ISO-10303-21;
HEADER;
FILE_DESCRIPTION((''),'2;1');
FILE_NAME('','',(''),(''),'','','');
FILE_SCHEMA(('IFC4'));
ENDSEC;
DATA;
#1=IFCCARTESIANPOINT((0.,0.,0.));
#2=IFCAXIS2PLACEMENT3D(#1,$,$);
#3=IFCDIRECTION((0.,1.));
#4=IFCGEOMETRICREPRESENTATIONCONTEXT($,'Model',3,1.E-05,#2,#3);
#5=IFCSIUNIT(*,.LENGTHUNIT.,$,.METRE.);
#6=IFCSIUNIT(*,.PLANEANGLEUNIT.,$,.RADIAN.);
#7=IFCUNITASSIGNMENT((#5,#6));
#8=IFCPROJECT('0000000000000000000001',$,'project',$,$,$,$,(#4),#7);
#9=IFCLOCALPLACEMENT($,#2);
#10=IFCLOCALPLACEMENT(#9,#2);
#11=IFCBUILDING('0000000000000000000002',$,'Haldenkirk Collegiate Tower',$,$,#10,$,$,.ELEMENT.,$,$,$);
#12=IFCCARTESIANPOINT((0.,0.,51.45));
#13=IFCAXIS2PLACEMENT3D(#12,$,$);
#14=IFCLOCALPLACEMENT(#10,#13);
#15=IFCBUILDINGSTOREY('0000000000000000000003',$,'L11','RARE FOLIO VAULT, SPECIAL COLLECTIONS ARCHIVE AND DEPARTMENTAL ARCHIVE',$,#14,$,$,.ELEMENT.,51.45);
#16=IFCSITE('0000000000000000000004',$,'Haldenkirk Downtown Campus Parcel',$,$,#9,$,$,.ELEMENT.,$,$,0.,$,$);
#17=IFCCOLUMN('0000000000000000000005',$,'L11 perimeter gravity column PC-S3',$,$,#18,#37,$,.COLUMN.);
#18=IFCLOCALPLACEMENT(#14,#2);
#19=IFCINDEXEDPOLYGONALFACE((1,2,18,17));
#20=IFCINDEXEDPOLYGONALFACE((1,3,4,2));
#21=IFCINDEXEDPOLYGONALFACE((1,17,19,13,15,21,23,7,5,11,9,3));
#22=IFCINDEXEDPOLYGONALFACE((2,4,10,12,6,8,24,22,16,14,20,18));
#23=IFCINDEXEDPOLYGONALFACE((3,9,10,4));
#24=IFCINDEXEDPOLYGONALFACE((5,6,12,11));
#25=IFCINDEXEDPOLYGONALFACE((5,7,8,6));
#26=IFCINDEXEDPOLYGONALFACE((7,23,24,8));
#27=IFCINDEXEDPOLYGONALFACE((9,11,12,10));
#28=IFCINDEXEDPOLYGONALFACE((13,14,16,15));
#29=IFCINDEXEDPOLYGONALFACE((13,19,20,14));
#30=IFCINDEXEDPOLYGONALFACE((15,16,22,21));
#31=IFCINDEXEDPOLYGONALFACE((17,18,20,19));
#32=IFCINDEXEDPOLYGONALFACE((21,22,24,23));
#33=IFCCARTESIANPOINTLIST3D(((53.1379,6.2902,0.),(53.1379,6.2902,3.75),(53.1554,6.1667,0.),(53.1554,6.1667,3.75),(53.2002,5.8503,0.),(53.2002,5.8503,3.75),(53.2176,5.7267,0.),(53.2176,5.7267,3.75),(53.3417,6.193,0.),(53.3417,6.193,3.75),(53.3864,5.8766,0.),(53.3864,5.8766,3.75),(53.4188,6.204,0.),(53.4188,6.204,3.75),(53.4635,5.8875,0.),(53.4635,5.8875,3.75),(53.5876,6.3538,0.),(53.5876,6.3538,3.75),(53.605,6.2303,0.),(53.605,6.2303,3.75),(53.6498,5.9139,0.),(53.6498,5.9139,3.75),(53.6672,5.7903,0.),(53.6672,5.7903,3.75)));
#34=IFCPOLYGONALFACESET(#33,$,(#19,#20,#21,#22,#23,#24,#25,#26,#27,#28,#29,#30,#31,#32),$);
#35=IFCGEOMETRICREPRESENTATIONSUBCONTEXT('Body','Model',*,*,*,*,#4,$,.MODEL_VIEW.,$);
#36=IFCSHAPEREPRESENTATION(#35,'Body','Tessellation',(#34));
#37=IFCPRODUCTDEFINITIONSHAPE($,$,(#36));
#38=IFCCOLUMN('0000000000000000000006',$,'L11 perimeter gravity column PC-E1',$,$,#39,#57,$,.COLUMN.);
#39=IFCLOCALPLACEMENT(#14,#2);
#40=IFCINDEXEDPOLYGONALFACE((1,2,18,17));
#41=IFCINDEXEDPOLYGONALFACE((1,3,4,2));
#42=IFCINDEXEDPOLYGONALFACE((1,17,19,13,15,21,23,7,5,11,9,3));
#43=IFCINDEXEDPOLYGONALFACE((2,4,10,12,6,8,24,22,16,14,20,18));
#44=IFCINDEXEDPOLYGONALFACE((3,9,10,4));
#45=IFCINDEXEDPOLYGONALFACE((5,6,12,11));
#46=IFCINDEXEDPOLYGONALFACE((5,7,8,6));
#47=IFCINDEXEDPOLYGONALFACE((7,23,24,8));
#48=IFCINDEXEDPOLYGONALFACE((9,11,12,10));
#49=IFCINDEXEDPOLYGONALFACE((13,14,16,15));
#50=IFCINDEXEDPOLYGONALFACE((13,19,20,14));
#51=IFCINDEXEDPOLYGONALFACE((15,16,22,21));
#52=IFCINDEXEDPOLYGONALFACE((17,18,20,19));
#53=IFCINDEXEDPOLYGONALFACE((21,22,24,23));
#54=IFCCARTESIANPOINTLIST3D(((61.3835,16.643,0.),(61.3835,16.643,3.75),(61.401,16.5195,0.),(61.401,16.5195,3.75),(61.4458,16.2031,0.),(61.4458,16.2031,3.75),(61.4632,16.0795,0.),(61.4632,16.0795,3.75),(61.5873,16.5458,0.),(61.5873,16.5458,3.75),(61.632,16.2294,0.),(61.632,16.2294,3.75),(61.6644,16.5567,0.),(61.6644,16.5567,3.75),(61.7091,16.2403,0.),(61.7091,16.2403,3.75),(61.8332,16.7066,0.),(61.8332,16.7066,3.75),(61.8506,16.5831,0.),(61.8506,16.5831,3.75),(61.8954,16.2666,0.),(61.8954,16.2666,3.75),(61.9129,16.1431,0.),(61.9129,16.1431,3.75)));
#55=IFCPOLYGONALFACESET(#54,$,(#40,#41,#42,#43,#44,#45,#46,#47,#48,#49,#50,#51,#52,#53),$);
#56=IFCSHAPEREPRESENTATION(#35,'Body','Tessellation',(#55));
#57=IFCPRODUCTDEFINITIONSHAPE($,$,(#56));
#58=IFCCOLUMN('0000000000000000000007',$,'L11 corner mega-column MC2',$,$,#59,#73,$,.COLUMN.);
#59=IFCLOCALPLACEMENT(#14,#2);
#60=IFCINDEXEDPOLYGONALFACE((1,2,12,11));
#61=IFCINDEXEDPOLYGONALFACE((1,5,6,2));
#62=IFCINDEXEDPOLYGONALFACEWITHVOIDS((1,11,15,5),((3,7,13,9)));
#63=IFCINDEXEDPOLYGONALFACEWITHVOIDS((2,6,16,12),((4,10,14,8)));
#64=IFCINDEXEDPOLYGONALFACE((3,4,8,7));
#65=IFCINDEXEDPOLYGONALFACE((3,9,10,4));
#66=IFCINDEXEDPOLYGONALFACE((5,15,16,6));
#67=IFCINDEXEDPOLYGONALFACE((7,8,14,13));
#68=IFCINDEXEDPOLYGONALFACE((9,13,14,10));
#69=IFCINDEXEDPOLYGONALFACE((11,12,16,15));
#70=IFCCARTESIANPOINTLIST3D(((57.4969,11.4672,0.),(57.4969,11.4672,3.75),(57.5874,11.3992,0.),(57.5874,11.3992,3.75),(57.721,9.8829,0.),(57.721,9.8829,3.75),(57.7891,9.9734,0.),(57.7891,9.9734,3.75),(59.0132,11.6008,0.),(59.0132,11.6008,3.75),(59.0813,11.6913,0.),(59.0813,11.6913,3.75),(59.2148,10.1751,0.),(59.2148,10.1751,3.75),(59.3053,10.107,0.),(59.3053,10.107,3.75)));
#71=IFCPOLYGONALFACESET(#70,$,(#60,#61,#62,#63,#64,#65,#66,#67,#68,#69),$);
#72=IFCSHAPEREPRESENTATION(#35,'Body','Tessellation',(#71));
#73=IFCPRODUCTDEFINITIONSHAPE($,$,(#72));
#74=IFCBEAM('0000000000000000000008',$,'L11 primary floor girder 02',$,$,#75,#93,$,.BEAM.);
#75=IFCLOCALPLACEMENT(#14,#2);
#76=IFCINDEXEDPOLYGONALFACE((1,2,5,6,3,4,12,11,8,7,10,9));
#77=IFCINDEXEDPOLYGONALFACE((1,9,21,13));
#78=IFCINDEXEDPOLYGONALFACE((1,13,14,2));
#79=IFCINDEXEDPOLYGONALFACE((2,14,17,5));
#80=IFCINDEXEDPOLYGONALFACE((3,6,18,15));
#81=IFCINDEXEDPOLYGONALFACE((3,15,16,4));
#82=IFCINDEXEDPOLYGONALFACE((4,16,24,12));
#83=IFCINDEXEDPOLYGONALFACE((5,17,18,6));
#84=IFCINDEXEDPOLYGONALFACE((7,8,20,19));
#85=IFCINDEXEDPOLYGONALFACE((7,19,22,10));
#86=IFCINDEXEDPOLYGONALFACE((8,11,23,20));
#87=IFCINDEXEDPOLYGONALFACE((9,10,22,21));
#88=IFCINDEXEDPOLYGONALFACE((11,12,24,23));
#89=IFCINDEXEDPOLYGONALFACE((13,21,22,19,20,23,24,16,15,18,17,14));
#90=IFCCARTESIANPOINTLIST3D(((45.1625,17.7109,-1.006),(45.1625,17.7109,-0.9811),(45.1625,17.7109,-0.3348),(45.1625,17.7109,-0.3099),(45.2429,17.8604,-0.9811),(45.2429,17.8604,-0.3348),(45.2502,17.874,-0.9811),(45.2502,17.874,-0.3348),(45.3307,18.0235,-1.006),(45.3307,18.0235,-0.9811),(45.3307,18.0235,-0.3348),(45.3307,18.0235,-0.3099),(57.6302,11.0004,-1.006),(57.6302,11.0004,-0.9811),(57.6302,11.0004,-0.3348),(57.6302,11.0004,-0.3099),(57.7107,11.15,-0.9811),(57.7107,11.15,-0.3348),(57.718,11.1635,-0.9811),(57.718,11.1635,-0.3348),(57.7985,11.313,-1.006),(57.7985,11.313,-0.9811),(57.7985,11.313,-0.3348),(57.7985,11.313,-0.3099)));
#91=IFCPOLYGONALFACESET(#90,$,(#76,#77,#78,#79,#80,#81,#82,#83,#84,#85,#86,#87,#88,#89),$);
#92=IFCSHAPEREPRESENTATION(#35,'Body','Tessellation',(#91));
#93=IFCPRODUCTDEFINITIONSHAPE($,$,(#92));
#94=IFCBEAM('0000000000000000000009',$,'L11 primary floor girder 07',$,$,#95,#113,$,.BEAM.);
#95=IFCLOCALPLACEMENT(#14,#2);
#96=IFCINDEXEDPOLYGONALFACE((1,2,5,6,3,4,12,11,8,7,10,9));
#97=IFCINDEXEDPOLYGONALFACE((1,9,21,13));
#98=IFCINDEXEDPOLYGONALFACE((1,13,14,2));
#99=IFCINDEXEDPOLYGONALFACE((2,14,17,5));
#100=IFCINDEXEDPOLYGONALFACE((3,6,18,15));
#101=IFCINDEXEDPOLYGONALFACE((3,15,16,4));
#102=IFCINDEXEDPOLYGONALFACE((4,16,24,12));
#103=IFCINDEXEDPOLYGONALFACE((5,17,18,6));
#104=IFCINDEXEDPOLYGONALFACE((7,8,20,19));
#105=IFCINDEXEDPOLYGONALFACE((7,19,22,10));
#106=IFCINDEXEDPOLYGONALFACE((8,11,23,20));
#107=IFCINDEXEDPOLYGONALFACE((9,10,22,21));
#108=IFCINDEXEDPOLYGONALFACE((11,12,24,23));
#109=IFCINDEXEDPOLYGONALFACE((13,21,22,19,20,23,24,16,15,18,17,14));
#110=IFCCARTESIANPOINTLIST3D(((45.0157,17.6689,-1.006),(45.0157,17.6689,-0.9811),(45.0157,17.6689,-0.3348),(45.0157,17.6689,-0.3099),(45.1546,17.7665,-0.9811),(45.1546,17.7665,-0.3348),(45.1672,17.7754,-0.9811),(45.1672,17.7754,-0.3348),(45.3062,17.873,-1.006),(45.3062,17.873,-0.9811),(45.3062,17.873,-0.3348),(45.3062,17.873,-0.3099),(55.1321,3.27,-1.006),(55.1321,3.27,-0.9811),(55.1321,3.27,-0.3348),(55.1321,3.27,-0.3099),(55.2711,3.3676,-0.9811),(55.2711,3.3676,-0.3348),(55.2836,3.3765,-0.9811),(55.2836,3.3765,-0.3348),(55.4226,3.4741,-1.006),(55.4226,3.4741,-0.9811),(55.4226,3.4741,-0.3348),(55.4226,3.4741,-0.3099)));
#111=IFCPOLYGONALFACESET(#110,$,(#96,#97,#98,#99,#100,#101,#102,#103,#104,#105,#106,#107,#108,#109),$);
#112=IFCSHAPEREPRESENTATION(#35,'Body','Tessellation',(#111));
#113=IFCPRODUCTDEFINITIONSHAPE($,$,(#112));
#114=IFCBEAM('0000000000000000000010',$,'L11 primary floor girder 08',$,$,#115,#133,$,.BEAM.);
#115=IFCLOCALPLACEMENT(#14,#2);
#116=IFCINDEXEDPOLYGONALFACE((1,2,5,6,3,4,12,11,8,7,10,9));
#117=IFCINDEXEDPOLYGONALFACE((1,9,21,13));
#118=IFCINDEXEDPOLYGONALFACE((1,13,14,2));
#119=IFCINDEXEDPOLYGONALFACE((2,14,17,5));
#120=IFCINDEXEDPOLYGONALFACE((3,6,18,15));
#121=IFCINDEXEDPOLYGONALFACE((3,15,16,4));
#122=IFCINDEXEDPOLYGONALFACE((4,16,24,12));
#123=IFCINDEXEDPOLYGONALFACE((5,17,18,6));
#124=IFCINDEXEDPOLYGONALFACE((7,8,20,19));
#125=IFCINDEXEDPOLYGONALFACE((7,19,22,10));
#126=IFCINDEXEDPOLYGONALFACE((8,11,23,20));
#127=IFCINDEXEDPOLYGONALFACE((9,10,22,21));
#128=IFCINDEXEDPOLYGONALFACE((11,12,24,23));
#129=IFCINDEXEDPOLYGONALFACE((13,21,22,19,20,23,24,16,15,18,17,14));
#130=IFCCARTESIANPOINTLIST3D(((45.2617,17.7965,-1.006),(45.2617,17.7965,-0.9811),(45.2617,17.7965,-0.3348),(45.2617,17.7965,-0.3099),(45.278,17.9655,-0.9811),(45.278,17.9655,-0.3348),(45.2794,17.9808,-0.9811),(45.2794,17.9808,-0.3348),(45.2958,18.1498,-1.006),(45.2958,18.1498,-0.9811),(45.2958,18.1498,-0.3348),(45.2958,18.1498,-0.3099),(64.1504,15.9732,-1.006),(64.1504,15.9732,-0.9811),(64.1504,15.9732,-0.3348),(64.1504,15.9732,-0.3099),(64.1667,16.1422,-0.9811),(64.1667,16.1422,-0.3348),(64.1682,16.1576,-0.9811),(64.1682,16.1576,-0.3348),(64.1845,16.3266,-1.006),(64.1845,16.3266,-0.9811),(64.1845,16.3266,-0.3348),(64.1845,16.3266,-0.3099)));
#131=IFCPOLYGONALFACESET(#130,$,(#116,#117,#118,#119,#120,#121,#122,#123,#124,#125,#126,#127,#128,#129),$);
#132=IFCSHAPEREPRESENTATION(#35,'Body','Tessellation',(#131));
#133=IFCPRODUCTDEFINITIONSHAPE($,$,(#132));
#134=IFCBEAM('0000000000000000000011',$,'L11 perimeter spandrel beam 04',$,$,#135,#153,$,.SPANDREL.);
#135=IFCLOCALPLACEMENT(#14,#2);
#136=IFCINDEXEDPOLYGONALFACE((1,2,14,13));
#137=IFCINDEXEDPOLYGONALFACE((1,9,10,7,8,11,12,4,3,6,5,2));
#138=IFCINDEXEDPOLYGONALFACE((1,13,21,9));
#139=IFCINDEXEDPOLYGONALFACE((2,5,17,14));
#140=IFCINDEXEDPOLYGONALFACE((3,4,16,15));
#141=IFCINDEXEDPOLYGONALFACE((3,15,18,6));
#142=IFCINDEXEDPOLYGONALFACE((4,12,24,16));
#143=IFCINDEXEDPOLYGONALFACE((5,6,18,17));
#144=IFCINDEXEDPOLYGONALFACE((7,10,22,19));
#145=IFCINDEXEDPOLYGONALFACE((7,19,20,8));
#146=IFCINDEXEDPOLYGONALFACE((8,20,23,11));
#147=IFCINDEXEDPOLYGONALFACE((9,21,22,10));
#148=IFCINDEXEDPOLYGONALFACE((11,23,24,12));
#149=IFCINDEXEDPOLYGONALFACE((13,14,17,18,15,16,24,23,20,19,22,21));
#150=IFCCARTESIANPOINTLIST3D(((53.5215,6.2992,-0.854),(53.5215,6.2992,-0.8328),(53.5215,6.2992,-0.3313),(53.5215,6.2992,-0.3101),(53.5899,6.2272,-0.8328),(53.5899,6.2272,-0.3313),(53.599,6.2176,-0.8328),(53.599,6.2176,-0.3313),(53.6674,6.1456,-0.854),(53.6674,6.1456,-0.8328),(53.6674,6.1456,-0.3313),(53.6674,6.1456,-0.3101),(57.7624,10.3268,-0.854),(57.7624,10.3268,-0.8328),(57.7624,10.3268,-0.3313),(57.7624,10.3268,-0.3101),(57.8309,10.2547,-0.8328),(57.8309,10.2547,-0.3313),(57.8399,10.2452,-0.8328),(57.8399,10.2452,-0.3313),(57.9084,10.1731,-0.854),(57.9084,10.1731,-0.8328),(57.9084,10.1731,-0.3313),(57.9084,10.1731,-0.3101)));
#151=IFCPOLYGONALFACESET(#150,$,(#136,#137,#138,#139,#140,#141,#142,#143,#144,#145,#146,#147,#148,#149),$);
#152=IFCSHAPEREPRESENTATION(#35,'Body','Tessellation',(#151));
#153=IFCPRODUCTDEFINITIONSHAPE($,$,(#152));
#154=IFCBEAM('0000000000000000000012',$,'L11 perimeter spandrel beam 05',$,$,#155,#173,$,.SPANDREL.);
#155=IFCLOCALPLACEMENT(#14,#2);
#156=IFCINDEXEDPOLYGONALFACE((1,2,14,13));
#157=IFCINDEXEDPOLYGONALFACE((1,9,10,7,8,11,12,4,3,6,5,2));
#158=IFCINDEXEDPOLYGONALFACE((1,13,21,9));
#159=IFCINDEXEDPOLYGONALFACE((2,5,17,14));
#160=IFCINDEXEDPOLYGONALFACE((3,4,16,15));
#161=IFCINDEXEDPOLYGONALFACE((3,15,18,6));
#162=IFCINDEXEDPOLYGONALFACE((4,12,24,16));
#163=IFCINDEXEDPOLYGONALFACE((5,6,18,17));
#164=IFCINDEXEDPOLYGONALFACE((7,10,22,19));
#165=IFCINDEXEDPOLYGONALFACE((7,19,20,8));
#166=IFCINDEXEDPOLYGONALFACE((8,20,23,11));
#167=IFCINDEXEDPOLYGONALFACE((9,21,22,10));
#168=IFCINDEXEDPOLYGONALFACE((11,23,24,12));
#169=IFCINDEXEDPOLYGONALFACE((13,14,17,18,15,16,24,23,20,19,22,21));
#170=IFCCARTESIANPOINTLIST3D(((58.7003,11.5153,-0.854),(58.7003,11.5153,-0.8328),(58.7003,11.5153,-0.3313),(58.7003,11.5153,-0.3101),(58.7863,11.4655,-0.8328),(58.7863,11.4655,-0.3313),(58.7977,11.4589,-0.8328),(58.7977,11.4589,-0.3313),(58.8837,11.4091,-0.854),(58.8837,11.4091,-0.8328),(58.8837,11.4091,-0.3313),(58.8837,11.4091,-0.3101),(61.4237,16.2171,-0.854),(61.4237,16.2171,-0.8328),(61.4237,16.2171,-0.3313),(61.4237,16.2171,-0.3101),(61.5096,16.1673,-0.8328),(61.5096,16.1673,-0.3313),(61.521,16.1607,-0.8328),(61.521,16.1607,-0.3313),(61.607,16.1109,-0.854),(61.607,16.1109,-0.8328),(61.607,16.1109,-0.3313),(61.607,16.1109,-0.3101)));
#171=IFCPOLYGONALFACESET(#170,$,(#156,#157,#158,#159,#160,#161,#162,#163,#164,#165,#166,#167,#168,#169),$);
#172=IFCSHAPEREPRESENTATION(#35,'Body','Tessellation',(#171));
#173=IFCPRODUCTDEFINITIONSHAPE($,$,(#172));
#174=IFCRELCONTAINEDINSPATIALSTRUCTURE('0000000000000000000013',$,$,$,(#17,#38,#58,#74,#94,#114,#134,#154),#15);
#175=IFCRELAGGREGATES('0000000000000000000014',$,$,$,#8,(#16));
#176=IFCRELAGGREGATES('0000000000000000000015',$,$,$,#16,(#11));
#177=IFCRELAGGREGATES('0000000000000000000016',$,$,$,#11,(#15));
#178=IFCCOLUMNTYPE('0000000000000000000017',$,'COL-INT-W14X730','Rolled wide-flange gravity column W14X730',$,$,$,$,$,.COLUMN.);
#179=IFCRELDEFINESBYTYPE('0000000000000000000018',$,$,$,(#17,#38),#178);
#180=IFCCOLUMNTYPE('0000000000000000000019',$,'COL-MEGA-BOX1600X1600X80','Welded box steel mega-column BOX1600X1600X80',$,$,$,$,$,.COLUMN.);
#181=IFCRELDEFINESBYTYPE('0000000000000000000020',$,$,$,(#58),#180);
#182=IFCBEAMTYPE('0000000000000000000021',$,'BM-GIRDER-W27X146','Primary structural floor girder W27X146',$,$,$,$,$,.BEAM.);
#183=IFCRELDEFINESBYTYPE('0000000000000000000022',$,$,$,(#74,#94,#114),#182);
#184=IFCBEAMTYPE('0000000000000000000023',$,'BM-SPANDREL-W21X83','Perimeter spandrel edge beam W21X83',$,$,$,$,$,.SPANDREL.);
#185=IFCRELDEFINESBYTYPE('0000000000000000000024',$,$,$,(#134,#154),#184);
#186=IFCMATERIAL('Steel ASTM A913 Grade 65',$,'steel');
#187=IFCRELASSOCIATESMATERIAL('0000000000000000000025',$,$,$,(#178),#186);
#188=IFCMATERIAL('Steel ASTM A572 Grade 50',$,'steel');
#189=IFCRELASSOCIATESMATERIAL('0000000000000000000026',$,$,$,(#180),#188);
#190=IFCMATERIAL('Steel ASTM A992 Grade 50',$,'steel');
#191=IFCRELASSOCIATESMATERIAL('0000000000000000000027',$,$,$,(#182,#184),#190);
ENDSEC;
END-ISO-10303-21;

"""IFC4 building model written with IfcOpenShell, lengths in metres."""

from ifc_helpers import new_model, si_unit, direction, frame, origin, origin_2d, place, context, subcontext, project, spatial, hollow_rectangle, i_section, extrude, material, material_profile, profile_set, type_object, element, save


model = new_model("IFC4")

# Units and contexts
model_context = context("Model", 3, precision=1e-05, world=origin(), true_north=direction((0.0, 1.0)))
body_context = subcontext(model_context, "Body", "Model", "MODEL_VIEW")
ifc_project = project(units=[si_unit("LENGTHUNIT", "METRE"), si_unit("PLANEANGLEUNIT", "RADIAN")], contexts=[model_context])

# Site, building, storey
site_placement = place(None, origin())
site = spatial("IfcSite", under=ifc_project, at=site_placement, Name="Haldenkirk Downtown Campus Parcel", CompositionType="ELEMENT", RefElevation=0.0)
building_placement = place(site_placement, origin())
building = spatial("IfcBuilding", under=site, at=building_placement, Name="Haldenkirk Collegiate Tower", CompositionType="ELEMENT")
storey_placement = place(building_placement, frame((0.0, 0.0, 51.45)))
storey = spatial("IfcBuildingStorey", under=building, at=storey_placement, Name="L11", Description="RARE FOLIO VAULT, SPECIAL COLLECTIONS ARCHIVE AND DEPARTMENTAL ARCHIVE", CompositionType="ELEMENT", Elevation=51.45)

# Columns
ifc_material_1 = material(Name="Steel ASTM A913 Grade 65", Category="steel")
ifc_material_profile_1 = material_profile(ifc_material_1, i_section(OverallWidth=0.4541, OverallDepth=0.5691, WebThickness=0.0779, FlangeThickness=0.1248, at=origin_2d()), Name="W14X730")
ifc_profile_set_1 = profile_set([ifc_material_profile_1], Name="Steel ASTM A913 Grade 65")
column_type_1 = type_object("IfcColumnType", Name="COL-INT-W14X730", Description="Rolled wide-flange gravity column W14X730", PredefinedType="COLUMN", material=ifc_profile_set_1)
for number, where, z_axis, x_axis, name in (
    (1, (53.4026, 6.0403, 0.0), (0.0, 0.0, 1.0), (0.990146, 0.140037, 0.0), "L11 perimeter gravity column PC-S3"),
    (2, (61.6482, 16.3931, 0.0), (0.0, 0.0, 1.0), (0.990146, 0.140037, 0.0), "L11 perimeter gravity column PC-E1"),
):
    element("IfcColumn", number, at=place(storey_placement, frame(where, z_axis=z_axis, x_axis=x_axis)), inside=storey, type_object=column_type_1, Name=name, PredefinedType="COLUMN", context=body_context, shape_type="SweptSolid", body=[
        extrude(i_section(OverallWidth=0.4541, OverallDepth=0.5691, WebThickness=0.0779, FlangeThickness=0.1248, at=origin_2d()), origin(), (0.0, 0.0, 1.0), 3.75),
    ])
ifc_material_2 = material(Name="Steel ASTM A572 Grade 50", Category="steel")
ifc_material_profile_2 = material_profile(ifc_material_2, hollow_rectangle(XDim=1.6001, YDim=1.6001, WallThickness=0.0801, at=origin_2d()), Name="BOX1600X1600X80")
ifc_profile_set_2 = profile_set([ifc_material_profile_2], Name="Steel ASTM A572 Grade 50")
column_type_2 = type_object("IfcColumnType", Name="COL-MEGA-BOX1600X1600X80", Description="Welded box steel mega-column BOX1600X1600X80", PredefinedType="COLUMN", material=ifc_profile_set_2)
column_placement = place(storey_placement, frame((58.4011, 10.7871, 0.0), z_axis=(0.0, 0.0, 1.0), x_axis=(0.990146, 0.140037, 0.0)))
element("IfcColumn", 3, at=column_placement, inside=storey, type_object=column_type_2, Name="L11 corner mega-column MC2", PredefinedType="COLUMN", context=body_context, shape_type="SweptSolid", body=[
    extrude(hollow_rectangle(XDim=1.6001, YDim=1.6001, WallThickness=0.0801, at=origin_2d()), origin(), (0.0, 0.0, 1.0), 3.75),
])

# Beams
ifc_material_3 = material(Name="Steel ASTM A992 Grade 50", Category="steel")
ifc_material_profile_3 = material_profile(ifc_material_3, i_section(OverallWidth=0.355, OverallDepth=0.696, WebThickness=0.0154, FlangeThickness=0.0249, at=origin_2d()), Name="W27X146")
ifc_profile_set_3 = profile_set([ifc_material_profile_3], Name="Steel ASTM A992 Grade 50")
beam_type_1 = type_object("IfcBeamType", Name="BM-GIRDER-W27X146", Description="Primary structural floor girder W27X146", PredefinedType="BEAM", material=ifc_profile_set_3)
beam_1_placement = place(storey_placement, frame((57.7144, 11.1567, -0.658), z_axis=(-0.880559, 0.473937, 0.0), x_axis=(-0.473937, -0.880559, 0.0)))
element("IfcBeam", 4, at=beam_1_placement, inside=storey, type_object=beam_type_1, Name="L11 primary floor girder 02", PredefinedType="BEAM", context=body_context, shape_type="SweptSolid", body=[
    extrude(i_section(OverallWidth=0.355, OverallDepth=0.696, WebThickness=0.0154, FlangeThickness=0.0249, at=origin_2d()), origin(), (0.0, 0.0, 1.0), 14.1589),
])
beam_2_placement = place(storey_placement, frame((55.2773, 3.3721, -0.658), z_axis=(-0.574881, 0.818237, 0.0), x_axis=(-0.818237, -0.574881, 0.0)))
element("IfcBeam", 5, at=beam_2_placement, inside=storey, type_object=beam_type_1, Name="L11 primary floor girder 07", PredefinedType="BEAM", context=body_context, shape_type="SweptSolid", body=[
    extrude(i_section(OverallWidth=0.355, OverallDepth=0.696, WebThickness=0.0154, FlangeThickness=0.0249, at=origin_2d()), origin(), (0.0, 0.0, 1.0), 17.5974),
])
beam_3_placement = place(storey_placement, frame((64.1675, 16.1499, -0.658), z_axis=(-0.995374, 0.096079, 0.0), x_axis=(-0.096079, -0.995374, 0.0)))
element("IfcBeam", 6, at=beam_3_placement, inside=storey, type_object=beam_type_1, Name="L11 primary floor girder 08", PredefinedType="BEAM", context=body_context, shape_type="SweptSolid", body=[
    extrude(i_section(OverallWidth=0.355, OverallDepth=0.696, WebThickness=0.0154, FlangeThickness=0.0249, at=origin_2d()), origin(), (0.0, 0.0, 1.0), 18.9766),
])
ifc_material_profile_4 = material_profile(ifc_material_3, i_section(OverallWidth=0.2119, OverallDepth=0.5439, WebThickness=0.0132, FlangeThickness=0.0212, at=origin_2d()), Name="W21X83")
ifc_profile_set_4 = profile_set([ifc_material_profile_4], Name="Steel ASTM A992 Grade 50")
beam_type_2 = type_object("IfcBeamType", Name="BM-SPANDREL-W21X83", Description="Perimeter spandrel edge beam W21X83", PredefinedType="SPANDREL", material=ifc_profile_set_4)
beam_4_placement = place(storey_placement, frame((53.5945, 6.2224, -0.582), z_axis=(0.725113, 0.68863, 0.0), x_axis=(-0.68863, 0.725113, 0.0)))
element("IfcBeam", 7, at=beam_4_placement, inside=storey, type_object=beam_type_2, Name="L11 perimeter spandrel beam 04", PredefinedType="SPANDREL", context=body_context, shape_type="SweptSolid", body=[
    extrude(i_section(OverallWidth=0.2119, OverallDepth=0.5439, WebThickness=0.0132, FlangeThickness=0.0212, at=origin_2d()), origin(), (0.0, 0.0, 1.0), 5.8486),
])
beam_5_placement = place(storey_placement, frame((58.792, 11.4622, -0.582), z_axis=(0.501206, 0.865328, 0.0), x_axis=(-0.865328, 0.501206, 0.0)))
element("IfcBeam", 8, at=beam_5_placement, inside=storey, type_object=beam_type_2, Name="L11 perimeter spandrel beam 05", PredefinedType="SPANDREL", context=body_context, shape_type="SweptSolid", body=[
    extrude(i_section(OverallWidth=0.2119, OverallDepth=0.5439, WebThickness=0.0132, FlangeThickness=0.0212, at=origin_2d()), origin(), (0.0, 0.0, 1.0), 5.4336),
])

save(model, "model.ifc")
